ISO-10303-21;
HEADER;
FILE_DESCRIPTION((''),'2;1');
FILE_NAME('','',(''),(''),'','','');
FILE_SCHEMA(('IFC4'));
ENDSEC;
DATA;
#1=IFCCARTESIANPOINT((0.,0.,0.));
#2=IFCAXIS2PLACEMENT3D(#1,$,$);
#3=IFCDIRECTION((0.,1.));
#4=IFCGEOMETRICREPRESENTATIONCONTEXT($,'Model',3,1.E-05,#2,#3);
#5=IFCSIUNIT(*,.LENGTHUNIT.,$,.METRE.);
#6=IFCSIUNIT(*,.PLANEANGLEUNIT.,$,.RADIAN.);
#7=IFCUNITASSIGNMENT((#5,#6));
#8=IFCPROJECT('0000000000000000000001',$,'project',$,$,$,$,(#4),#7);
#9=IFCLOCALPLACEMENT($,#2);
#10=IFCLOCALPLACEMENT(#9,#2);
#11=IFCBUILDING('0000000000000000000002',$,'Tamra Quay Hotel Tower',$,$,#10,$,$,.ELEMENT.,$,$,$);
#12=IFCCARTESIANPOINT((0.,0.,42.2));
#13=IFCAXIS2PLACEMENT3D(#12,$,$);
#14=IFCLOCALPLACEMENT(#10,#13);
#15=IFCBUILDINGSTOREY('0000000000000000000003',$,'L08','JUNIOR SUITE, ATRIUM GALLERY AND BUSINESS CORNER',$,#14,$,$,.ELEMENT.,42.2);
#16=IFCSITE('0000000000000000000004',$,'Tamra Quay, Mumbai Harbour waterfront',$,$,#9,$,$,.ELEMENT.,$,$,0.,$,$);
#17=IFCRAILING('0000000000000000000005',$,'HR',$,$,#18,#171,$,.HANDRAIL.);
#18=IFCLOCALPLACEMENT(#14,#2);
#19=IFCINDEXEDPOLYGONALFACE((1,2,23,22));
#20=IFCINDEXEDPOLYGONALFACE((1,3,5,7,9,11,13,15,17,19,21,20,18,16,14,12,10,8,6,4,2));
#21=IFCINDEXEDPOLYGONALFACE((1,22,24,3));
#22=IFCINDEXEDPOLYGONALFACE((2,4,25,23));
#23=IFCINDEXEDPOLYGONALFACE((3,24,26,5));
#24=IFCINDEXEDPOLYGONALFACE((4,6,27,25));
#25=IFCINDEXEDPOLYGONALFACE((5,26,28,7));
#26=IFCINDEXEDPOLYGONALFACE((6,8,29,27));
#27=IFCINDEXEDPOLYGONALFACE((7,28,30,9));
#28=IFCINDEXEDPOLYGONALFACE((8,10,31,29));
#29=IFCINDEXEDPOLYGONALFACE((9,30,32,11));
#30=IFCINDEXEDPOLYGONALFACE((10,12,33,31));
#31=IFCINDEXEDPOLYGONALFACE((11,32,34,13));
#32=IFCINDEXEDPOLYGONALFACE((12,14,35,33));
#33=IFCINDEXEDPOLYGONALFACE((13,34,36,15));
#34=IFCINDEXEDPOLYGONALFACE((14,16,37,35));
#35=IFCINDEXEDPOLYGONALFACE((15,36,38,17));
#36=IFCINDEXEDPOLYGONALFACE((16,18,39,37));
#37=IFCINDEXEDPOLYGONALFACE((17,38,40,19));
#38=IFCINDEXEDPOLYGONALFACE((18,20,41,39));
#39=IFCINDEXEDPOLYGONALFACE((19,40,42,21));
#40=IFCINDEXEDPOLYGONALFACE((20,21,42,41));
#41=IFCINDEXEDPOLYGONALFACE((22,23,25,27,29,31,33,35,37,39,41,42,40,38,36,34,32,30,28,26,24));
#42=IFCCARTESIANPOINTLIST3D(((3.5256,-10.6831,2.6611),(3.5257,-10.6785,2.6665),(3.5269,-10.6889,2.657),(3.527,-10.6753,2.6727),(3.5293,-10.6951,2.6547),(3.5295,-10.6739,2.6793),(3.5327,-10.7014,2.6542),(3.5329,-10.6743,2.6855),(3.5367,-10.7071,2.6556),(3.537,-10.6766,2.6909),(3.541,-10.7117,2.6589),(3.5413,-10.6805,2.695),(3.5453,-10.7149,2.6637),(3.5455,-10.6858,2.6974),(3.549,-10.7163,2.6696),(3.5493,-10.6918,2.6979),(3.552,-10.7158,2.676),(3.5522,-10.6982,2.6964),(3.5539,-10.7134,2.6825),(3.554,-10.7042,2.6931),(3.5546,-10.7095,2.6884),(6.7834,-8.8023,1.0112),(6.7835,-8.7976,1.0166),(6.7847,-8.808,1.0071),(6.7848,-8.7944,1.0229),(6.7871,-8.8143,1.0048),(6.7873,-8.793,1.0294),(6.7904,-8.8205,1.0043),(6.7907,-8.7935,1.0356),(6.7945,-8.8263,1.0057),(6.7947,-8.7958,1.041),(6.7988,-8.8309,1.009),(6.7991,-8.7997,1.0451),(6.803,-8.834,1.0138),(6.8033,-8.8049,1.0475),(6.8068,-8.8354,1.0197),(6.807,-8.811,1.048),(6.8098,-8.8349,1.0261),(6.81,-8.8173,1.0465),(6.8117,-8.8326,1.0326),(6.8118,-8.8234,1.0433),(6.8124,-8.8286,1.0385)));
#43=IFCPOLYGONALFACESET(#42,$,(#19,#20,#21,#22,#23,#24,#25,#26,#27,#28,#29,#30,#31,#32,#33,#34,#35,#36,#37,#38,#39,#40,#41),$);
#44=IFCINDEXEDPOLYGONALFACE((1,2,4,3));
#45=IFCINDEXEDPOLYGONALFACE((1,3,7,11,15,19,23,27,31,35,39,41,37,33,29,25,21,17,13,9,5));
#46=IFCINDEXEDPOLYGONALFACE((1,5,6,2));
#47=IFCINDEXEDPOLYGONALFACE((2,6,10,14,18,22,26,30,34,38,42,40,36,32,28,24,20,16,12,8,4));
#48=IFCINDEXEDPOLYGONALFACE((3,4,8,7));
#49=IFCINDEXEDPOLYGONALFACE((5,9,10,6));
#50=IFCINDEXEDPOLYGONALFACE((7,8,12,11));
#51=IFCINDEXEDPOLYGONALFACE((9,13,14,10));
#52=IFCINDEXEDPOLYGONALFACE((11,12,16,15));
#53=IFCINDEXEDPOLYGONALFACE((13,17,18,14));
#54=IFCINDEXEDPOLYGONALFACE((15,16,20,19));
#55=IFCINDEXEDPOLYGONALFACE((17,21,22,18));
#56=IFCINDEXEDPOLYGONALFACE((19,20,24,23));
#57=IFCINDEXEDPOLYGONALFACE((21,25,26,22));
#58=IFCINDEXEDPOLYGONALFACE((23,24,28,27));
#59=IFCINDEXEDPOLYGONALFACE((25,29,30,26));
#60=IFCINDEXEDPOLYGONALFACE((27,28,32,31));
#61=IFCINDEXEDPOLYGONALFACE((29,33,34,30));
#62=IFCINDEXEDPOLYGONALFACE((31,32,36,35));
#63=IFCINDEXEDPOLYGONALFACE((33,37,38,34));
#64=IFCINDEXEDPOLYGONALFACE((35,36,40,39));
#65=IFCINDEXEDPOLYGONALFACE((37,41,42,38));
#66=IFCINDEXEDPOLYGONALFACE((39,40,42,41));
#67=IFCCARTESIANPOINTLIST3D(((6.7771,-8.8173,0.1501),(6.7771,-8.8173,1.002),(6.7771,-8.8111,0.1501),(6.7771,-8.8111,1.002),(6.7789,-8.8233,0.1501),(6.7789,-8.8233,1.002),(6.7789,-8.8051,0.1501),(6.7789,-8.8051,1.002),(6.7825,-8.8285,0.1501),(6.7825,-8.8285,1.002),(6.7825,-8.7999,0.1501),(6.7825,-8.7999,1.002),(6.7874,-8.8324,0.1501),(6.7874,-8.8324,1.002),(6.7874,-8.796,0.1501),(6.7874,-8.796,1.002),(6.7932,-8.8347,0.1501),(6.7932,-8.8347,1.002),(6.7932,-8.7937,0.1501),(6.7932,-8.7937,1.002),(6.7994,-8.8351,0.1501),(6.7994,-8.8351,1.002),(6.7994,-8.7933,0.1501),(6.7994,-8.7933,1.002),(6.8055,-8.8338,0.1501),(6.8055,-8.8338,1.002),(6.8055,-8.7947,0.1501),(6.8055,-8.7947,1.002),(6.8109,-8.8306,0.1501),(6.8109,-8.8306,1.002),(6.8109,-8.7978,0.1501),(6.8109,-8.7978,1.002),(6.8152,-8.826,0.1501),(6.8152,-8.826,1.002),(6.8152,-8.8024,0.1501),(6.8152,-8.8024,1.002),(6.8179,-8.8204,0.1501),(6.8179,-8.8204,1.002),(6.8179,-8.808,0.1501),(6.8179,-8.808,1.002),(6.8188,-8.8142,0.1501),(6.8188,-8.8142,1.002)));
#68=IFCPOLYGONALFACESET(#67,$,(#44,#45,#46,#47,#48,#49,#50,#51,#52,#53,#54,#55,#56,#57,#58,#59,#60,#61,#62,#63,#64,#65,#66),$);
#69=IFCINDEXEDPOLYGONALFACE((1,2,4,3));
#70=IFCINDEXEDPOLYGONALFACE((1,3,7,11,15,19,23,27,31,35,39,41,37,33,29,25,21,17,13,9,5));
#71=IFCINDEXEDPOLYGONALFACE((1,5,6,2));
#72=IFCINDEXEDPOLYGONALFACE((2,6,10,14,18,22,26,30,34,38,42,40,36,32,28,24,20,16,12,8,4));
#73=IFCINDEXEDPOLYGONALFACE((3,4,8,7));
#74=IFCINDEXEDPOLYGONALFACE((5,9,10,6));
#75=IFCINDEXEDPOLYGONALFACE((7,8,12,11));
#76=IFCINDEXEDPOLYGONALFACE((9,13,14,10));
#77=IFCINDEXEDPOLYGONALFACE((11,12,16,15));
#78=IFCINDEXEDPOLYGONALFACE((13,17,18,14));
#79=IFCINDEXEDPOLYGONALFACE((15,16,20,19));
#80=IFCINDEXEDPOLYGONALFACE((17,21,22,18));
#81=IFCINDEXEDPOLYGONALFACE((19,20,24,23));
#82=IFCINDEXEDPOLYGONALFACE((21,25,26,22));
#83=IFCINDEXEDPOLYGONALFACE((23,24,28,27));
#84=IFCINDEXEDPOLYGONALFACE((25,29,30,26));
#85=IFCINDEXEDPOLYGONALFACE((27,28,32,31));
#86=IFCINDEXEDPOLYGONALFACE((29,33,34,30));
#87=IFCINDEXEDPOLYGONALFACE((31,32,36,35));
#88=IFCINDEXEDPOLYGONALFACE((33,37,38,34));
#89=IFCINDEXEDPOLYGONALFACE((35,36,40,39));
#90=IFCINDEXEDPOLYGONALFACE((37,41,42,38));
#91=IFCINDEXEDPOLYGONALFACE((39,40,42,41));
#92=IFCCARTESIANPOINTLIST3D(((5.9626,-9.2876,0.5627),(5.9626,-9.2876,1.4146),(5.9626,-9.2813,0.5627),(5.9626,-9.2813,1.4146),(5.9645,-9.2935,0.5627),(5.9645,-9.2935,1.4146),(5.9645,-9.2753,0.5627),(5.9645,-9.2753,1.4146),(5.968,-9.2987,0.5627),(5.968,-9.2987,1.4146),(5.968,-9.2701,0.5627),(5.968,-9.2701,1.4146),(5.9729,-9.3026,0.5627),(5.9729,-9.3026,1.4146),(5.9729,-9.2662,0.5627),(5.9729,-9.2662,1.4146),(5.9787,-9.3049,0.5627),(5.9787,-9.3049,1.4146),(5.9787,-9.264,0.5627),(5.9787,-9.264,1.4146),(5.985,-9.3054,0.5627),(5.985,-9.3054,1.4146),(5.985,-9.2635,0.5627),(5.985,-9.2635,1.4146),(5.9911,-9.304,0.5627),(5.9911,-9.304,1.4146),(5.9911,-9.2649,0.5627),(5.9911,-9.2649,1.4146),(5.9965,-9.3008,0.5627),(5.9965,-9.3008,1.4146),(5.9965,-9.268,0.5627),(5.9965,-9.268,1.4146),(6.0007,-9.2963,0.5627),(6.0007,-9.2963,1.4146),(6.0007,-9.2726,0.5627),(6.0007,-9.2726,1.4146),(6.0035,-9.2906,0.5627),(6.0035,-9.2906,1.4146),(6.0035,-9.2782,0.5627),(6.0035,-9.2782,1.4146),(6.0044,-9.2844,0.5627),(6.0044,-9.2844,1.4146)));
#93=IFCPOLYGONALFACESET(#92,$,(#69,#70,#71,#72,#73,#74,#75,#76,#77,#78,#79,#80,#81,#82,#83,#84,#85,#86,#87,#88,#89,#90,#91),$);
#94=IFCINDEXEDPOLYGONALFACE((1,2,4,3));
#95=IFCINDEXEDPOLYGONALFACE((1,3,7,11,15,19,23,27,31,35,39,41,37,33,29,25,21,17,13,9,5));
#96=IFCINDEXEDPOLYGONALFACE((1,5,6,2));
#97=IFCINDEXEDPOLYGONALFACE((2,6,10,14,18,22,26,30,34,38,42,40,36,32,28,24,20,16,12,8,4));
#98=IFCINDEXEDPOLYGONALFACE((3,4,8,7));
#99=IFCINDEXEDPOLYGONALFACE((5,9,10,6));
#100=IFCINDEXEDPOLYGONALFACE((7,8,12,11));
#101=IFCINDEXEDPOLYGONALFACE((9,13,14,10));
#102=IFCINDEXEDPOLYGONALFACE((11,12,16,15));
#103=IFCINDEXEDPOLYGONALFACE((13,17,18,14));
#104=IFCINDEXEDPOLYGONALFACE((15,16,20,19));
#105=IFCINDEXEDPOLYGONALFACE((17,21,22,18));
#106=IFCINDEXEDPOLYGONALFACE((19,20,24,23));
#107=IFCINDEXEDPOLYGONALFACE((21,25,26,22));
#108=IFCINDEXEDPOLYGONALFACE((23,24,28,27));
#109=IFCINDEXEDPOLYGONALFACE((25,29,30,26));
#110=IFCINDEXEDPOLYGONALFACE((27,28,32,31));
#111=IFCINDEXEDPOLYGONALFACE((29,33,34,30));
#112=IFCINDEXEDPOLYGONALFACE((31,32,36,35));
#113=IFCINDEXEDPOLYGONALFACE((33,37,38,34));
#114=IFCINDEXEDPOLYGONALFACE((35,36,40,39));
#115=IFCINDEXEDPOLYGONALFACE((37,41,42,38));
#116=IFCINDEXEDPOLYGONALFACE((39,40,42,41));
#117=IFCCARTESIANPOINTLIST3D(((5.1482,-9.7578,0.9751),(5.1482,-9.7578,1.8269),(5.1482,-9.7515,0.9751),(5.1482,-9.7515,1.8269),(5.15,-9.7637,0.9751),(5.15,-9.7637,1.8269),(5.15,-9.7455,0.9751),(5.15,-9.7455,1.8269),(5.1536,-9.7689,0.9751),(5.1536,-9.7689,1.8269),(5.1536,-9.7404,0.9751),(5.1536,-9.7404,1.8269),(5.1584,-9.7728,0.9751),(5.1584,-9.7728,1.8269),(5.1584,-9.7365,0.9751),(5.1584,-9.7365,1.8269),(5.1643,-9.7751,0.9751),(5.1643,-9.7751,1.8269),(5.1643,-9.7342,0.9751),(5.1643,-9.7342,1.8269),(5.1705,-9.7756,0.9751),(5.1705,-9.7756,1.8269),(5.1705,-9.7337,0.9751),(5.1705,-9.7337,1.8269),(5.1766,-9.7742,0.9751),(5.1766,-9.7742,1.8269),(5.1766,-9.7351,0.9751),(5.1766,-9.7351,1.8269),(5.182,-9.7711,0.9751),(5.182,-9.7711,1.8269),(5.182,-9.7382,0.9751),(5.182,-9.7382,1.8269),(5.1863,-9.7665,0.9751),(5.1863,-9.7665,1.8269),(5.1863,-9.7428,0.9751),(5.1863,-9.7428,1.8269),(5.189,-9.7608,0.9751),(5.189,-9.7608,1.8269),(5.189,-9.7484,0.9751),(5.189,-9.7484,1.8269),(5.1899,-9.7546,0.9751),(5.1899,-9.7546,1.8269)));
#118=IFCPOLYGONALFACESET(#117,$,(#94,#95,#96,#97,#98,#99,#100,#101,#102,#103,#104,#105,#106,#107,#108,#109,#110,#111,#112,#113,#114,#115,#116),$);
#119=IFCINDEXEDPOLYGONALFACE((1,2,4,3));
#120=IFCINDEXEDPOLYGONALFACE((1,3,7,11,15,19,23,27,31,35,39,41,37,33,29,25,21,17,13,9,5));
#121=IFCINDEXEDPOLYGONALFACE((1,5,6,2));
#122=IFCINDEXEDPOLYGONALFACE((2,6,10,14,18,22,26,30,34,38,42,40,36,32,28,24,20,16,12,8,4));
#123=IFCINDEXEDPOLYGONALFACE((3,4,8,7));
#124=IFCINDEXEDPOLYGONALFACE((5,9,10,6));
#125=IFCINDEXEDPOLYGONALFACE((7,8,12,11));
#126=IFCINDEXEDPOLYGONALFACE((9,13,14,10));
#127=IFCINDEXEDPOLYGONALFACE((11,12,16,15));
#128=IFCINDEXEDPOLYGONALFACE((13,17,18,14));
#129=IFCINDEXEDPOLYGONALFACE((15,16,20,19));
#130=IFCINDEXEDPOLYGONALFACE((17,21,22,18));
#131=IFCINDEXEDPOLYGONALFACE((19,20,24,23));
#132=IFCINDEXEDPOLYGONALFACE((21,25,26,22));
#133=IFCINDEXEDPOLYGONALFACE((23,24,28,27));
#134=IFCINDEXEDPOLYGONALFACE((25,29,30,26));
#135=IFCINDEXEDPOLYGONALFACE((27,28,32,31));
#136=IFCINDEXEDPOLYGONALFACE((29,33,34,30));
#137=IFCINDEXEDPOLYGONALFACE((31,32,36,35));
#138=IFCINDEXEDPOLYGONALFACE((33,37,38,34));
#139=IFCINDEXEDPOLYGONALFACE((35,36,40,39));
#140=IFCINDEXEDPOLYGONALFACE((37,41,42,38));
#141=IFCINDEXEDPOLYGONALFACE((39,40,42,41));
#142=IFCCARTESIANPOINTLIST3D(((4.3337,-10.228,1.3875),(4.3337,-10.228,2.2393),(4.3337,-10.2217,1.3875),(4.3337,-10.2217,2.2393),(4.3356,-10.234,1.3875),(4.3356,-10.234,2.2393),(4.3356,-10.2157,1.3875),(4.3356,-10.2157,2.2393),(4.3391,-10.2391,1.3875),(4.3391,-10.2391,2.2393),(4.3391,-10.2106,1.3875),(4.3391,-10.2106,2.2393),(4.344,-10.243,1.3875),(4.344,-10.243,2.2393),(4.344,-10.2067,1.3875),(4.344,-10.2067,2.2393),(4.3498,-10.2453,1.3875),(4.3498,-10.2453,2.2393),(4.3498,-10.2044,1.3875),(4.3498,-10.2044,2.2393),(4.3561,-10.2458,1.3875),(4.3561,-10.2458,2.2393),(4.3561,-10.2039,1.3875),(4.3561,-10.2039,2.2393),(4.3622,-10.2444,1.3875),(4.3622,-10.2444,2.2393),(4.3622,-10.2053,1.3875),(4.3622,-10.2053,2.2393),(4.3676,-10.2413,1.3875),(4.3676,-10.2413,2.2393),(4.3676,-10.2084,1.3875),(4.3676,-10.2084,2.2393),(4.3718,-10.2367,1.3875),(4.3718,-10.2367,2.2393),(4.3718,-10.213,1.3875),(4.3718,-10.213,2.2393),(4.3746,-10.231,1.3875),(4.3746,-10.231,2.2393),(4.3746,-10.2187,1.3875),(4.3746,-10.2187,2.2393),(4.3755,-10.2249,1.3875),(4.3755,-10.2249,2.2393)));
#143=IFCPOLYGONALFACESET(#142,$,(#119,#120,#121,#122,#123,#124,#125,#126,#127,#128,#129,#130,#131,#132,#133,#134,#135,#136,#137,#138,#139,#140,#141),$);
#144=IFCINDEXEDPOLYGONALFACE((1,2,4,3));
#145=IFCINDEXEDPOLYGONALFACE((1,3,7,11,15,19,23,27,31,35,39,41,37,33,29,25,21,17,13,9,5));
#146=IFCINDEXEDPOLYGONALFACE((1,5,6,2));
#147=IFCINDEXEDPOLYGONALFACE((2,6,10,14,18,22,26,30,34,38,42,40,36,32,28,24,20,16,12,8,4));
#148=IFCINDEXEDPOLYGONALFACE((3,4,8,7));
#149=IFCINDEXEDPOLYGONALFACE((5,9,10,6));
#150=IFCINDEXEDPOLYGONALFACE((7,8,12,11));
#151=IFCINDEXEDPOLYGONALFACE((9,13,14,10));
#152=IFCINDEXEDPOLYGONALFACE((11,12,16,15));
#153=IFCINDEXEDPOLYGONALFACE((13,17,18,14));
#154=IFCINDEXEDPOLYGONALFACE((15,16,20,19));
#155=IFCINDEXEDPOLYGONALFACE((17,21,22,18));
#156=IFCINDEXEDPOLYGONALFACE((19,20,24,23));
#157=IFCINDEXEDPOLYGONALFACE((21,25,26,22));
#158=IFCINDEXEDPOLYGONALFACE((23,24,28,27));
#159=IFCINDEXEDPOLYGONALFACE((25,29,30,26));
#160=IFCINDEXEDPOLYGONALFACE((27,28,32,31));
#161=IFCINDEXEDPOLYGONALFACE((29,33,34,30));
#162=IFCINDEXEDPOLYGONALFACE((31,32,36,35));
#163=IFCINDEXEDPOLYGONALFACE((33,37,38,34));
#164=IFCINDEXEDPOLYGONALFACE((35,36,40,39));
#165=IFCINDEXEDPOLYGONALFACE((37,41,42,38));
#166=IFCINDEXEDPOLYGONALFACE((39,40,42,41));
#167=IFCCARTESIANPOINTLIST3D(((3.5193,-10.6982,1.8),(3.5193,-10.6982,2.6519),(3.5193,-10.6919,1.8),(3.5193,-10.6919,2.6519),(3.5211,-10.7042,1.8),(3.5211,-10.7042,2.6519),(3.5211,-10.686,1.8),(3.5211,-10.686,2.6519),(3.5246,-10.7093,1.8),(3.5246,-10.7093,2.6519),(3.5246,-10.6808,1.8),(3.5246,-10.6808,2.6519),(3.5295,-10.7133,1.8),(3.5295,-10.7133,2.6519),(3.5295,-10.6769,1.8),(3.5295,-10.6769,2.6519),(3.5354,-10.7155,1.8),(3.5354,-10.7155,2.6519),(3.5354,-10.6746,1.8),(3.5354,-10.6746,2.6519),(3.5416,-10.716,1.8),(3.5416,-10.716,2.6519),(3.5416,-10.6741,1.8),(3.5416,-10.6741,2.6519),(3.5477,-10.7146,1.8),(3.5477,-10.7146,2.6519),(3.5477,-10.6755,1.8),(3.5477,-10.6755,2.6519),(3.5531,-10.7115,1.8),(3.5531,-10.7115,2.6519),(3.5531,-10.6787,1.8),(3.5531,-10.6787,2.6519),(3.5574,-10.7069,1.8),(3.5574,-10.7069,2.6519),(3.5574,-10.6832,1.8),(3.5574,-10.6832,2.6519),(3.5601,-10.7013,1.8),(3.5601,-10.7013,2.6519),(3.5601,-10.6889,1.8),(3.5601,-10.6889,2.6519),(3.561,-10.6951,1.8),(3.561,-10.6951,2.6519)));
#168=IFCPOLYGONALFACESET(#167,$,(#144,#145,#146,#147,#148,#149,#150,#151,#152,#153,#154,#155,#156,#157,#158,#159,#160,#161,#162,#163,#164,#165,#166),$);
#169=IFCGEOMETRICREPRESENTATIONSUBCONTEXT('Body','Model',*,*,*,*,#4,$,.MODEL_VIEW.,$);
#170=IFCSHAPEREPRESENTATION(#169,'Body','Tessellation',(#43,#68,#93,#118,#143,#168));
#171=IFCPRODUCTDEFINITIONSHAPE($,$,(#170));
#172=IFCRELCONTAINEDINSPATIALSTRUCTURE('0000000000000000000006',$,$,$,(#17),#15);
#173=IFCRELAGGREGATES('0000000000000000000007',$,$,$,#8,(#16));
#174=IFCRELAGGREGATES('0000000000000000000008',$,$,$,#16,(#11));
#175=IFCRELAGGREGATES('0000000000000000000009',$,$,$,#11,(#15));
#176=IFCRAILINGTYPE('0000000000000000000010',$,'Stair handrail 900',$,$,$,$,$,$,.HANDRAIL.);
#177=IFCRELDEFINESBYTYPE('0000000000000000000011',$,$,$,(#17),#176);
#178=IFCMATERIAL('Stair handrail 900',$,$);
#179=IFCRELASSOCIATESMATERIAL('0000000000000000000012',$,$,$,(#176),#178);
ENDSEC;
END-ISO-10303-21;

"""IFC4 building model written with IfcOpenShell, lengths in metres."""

from ifc_helpers import new_model, si_unit, direction, frame, origin, origin_2d, place, context, subcontext, project, spatial, circle, extrude, material, type_object, element, save


model = new_model("IFC4")

# Units and contexts
model_context = context("Model", 3, precision=1e-05, world=origin(), true_north=direction((0.0, 1.0)))
body_context = subcontext(model_context, "Body", "Model", "MODEL_VIEW")
ifc_project = project(units=[si_unit("LENGTHUNIT", "METRE"), si_unit("PLANEANGLEUNIT", "RADIAN")], contexts=[model_context])

# Site, building, storey
site_placement = place(None, origin())
site = spatial("IfcSite", under=ifc_project, at=site_placement, Name="Tamra Quay, Mumbai Harbour waterfront", CompositionType="ELEMENT", RefElevation=0.0)
building_placement = place(site_placement, origin())
building = spatial("IfcBuilding", under=site, at=building_placement, Name="Tamra Quay Hotel Tower", CompositionType="ELEMENT")
storey_placement = place(building_placement, frame((0.0, 0.0, 42.2)))
storey = spatial("IfcBuildingStorey", under=building, at=storey_placement, Name="L08", Description="JUNIOR SUITE, ATRIUM GALLERY AND BUSINESS CORNER", CompositionType="ELEMENT", Elevation=42.2)

# Railing
ifc_material_1 = material(Name="Stair handrail 900")
railing_type_1 = type_object("IfcRailingType", Name="Stair handrail 900", PredefinedType="HANDRAIL", material=ifc_material_1)
railing_1_placement = place(storey_placement, frame((6.7979, -8.8142, 0.1501)))
element("IfcRailing", 1, at=railing_1_placement, inside=storey, type_object=railing_type_1, Name="HR", PredefinedType="HANDRAIL", context=body_context, shape_type="SweptSolid", body=[
    extrude(circle(Radius=0.0239, at=origin_2d()), frame((0.0, 0.0, 0.876), z_axis=(-0.7931, -0.457887, 0.401661), x_axis=(0.499992, -0.86603, 0.0)), (0.0, 0.0, 1.0), 4.1077),
    extrude(circle(Radius=0.021, at=origin_2d()), origin(), (0.0, 0.0, 1.0), 0.8518),
    extrude(circle(Radius=0.021, at=origin_2d()), frame((-0.8145, -0.4702, 0.4126)), (0.0, 0.0, 1.0), 0.8518),
    extrude(circle(Radius=0.021, at=origin_2d()), frame((-1.6289, -0.9404, 0.825)), (0.0, 0.0, 1.0), 0.8518),
    extrude(circle(Radius=0.021, at=origin_2d()), frame((-2.4434, -1.4106, 1.2373)), (0.0, 0.0, 1.0), 0.8518),
    extrude(circle(Radius=0.021, at=origin_2d()), frame((-3.2578, -1.8809, 1.6499)), (0.0, 0.0, 1.0), 0.8518),
])

save(model, "model.ifc")
